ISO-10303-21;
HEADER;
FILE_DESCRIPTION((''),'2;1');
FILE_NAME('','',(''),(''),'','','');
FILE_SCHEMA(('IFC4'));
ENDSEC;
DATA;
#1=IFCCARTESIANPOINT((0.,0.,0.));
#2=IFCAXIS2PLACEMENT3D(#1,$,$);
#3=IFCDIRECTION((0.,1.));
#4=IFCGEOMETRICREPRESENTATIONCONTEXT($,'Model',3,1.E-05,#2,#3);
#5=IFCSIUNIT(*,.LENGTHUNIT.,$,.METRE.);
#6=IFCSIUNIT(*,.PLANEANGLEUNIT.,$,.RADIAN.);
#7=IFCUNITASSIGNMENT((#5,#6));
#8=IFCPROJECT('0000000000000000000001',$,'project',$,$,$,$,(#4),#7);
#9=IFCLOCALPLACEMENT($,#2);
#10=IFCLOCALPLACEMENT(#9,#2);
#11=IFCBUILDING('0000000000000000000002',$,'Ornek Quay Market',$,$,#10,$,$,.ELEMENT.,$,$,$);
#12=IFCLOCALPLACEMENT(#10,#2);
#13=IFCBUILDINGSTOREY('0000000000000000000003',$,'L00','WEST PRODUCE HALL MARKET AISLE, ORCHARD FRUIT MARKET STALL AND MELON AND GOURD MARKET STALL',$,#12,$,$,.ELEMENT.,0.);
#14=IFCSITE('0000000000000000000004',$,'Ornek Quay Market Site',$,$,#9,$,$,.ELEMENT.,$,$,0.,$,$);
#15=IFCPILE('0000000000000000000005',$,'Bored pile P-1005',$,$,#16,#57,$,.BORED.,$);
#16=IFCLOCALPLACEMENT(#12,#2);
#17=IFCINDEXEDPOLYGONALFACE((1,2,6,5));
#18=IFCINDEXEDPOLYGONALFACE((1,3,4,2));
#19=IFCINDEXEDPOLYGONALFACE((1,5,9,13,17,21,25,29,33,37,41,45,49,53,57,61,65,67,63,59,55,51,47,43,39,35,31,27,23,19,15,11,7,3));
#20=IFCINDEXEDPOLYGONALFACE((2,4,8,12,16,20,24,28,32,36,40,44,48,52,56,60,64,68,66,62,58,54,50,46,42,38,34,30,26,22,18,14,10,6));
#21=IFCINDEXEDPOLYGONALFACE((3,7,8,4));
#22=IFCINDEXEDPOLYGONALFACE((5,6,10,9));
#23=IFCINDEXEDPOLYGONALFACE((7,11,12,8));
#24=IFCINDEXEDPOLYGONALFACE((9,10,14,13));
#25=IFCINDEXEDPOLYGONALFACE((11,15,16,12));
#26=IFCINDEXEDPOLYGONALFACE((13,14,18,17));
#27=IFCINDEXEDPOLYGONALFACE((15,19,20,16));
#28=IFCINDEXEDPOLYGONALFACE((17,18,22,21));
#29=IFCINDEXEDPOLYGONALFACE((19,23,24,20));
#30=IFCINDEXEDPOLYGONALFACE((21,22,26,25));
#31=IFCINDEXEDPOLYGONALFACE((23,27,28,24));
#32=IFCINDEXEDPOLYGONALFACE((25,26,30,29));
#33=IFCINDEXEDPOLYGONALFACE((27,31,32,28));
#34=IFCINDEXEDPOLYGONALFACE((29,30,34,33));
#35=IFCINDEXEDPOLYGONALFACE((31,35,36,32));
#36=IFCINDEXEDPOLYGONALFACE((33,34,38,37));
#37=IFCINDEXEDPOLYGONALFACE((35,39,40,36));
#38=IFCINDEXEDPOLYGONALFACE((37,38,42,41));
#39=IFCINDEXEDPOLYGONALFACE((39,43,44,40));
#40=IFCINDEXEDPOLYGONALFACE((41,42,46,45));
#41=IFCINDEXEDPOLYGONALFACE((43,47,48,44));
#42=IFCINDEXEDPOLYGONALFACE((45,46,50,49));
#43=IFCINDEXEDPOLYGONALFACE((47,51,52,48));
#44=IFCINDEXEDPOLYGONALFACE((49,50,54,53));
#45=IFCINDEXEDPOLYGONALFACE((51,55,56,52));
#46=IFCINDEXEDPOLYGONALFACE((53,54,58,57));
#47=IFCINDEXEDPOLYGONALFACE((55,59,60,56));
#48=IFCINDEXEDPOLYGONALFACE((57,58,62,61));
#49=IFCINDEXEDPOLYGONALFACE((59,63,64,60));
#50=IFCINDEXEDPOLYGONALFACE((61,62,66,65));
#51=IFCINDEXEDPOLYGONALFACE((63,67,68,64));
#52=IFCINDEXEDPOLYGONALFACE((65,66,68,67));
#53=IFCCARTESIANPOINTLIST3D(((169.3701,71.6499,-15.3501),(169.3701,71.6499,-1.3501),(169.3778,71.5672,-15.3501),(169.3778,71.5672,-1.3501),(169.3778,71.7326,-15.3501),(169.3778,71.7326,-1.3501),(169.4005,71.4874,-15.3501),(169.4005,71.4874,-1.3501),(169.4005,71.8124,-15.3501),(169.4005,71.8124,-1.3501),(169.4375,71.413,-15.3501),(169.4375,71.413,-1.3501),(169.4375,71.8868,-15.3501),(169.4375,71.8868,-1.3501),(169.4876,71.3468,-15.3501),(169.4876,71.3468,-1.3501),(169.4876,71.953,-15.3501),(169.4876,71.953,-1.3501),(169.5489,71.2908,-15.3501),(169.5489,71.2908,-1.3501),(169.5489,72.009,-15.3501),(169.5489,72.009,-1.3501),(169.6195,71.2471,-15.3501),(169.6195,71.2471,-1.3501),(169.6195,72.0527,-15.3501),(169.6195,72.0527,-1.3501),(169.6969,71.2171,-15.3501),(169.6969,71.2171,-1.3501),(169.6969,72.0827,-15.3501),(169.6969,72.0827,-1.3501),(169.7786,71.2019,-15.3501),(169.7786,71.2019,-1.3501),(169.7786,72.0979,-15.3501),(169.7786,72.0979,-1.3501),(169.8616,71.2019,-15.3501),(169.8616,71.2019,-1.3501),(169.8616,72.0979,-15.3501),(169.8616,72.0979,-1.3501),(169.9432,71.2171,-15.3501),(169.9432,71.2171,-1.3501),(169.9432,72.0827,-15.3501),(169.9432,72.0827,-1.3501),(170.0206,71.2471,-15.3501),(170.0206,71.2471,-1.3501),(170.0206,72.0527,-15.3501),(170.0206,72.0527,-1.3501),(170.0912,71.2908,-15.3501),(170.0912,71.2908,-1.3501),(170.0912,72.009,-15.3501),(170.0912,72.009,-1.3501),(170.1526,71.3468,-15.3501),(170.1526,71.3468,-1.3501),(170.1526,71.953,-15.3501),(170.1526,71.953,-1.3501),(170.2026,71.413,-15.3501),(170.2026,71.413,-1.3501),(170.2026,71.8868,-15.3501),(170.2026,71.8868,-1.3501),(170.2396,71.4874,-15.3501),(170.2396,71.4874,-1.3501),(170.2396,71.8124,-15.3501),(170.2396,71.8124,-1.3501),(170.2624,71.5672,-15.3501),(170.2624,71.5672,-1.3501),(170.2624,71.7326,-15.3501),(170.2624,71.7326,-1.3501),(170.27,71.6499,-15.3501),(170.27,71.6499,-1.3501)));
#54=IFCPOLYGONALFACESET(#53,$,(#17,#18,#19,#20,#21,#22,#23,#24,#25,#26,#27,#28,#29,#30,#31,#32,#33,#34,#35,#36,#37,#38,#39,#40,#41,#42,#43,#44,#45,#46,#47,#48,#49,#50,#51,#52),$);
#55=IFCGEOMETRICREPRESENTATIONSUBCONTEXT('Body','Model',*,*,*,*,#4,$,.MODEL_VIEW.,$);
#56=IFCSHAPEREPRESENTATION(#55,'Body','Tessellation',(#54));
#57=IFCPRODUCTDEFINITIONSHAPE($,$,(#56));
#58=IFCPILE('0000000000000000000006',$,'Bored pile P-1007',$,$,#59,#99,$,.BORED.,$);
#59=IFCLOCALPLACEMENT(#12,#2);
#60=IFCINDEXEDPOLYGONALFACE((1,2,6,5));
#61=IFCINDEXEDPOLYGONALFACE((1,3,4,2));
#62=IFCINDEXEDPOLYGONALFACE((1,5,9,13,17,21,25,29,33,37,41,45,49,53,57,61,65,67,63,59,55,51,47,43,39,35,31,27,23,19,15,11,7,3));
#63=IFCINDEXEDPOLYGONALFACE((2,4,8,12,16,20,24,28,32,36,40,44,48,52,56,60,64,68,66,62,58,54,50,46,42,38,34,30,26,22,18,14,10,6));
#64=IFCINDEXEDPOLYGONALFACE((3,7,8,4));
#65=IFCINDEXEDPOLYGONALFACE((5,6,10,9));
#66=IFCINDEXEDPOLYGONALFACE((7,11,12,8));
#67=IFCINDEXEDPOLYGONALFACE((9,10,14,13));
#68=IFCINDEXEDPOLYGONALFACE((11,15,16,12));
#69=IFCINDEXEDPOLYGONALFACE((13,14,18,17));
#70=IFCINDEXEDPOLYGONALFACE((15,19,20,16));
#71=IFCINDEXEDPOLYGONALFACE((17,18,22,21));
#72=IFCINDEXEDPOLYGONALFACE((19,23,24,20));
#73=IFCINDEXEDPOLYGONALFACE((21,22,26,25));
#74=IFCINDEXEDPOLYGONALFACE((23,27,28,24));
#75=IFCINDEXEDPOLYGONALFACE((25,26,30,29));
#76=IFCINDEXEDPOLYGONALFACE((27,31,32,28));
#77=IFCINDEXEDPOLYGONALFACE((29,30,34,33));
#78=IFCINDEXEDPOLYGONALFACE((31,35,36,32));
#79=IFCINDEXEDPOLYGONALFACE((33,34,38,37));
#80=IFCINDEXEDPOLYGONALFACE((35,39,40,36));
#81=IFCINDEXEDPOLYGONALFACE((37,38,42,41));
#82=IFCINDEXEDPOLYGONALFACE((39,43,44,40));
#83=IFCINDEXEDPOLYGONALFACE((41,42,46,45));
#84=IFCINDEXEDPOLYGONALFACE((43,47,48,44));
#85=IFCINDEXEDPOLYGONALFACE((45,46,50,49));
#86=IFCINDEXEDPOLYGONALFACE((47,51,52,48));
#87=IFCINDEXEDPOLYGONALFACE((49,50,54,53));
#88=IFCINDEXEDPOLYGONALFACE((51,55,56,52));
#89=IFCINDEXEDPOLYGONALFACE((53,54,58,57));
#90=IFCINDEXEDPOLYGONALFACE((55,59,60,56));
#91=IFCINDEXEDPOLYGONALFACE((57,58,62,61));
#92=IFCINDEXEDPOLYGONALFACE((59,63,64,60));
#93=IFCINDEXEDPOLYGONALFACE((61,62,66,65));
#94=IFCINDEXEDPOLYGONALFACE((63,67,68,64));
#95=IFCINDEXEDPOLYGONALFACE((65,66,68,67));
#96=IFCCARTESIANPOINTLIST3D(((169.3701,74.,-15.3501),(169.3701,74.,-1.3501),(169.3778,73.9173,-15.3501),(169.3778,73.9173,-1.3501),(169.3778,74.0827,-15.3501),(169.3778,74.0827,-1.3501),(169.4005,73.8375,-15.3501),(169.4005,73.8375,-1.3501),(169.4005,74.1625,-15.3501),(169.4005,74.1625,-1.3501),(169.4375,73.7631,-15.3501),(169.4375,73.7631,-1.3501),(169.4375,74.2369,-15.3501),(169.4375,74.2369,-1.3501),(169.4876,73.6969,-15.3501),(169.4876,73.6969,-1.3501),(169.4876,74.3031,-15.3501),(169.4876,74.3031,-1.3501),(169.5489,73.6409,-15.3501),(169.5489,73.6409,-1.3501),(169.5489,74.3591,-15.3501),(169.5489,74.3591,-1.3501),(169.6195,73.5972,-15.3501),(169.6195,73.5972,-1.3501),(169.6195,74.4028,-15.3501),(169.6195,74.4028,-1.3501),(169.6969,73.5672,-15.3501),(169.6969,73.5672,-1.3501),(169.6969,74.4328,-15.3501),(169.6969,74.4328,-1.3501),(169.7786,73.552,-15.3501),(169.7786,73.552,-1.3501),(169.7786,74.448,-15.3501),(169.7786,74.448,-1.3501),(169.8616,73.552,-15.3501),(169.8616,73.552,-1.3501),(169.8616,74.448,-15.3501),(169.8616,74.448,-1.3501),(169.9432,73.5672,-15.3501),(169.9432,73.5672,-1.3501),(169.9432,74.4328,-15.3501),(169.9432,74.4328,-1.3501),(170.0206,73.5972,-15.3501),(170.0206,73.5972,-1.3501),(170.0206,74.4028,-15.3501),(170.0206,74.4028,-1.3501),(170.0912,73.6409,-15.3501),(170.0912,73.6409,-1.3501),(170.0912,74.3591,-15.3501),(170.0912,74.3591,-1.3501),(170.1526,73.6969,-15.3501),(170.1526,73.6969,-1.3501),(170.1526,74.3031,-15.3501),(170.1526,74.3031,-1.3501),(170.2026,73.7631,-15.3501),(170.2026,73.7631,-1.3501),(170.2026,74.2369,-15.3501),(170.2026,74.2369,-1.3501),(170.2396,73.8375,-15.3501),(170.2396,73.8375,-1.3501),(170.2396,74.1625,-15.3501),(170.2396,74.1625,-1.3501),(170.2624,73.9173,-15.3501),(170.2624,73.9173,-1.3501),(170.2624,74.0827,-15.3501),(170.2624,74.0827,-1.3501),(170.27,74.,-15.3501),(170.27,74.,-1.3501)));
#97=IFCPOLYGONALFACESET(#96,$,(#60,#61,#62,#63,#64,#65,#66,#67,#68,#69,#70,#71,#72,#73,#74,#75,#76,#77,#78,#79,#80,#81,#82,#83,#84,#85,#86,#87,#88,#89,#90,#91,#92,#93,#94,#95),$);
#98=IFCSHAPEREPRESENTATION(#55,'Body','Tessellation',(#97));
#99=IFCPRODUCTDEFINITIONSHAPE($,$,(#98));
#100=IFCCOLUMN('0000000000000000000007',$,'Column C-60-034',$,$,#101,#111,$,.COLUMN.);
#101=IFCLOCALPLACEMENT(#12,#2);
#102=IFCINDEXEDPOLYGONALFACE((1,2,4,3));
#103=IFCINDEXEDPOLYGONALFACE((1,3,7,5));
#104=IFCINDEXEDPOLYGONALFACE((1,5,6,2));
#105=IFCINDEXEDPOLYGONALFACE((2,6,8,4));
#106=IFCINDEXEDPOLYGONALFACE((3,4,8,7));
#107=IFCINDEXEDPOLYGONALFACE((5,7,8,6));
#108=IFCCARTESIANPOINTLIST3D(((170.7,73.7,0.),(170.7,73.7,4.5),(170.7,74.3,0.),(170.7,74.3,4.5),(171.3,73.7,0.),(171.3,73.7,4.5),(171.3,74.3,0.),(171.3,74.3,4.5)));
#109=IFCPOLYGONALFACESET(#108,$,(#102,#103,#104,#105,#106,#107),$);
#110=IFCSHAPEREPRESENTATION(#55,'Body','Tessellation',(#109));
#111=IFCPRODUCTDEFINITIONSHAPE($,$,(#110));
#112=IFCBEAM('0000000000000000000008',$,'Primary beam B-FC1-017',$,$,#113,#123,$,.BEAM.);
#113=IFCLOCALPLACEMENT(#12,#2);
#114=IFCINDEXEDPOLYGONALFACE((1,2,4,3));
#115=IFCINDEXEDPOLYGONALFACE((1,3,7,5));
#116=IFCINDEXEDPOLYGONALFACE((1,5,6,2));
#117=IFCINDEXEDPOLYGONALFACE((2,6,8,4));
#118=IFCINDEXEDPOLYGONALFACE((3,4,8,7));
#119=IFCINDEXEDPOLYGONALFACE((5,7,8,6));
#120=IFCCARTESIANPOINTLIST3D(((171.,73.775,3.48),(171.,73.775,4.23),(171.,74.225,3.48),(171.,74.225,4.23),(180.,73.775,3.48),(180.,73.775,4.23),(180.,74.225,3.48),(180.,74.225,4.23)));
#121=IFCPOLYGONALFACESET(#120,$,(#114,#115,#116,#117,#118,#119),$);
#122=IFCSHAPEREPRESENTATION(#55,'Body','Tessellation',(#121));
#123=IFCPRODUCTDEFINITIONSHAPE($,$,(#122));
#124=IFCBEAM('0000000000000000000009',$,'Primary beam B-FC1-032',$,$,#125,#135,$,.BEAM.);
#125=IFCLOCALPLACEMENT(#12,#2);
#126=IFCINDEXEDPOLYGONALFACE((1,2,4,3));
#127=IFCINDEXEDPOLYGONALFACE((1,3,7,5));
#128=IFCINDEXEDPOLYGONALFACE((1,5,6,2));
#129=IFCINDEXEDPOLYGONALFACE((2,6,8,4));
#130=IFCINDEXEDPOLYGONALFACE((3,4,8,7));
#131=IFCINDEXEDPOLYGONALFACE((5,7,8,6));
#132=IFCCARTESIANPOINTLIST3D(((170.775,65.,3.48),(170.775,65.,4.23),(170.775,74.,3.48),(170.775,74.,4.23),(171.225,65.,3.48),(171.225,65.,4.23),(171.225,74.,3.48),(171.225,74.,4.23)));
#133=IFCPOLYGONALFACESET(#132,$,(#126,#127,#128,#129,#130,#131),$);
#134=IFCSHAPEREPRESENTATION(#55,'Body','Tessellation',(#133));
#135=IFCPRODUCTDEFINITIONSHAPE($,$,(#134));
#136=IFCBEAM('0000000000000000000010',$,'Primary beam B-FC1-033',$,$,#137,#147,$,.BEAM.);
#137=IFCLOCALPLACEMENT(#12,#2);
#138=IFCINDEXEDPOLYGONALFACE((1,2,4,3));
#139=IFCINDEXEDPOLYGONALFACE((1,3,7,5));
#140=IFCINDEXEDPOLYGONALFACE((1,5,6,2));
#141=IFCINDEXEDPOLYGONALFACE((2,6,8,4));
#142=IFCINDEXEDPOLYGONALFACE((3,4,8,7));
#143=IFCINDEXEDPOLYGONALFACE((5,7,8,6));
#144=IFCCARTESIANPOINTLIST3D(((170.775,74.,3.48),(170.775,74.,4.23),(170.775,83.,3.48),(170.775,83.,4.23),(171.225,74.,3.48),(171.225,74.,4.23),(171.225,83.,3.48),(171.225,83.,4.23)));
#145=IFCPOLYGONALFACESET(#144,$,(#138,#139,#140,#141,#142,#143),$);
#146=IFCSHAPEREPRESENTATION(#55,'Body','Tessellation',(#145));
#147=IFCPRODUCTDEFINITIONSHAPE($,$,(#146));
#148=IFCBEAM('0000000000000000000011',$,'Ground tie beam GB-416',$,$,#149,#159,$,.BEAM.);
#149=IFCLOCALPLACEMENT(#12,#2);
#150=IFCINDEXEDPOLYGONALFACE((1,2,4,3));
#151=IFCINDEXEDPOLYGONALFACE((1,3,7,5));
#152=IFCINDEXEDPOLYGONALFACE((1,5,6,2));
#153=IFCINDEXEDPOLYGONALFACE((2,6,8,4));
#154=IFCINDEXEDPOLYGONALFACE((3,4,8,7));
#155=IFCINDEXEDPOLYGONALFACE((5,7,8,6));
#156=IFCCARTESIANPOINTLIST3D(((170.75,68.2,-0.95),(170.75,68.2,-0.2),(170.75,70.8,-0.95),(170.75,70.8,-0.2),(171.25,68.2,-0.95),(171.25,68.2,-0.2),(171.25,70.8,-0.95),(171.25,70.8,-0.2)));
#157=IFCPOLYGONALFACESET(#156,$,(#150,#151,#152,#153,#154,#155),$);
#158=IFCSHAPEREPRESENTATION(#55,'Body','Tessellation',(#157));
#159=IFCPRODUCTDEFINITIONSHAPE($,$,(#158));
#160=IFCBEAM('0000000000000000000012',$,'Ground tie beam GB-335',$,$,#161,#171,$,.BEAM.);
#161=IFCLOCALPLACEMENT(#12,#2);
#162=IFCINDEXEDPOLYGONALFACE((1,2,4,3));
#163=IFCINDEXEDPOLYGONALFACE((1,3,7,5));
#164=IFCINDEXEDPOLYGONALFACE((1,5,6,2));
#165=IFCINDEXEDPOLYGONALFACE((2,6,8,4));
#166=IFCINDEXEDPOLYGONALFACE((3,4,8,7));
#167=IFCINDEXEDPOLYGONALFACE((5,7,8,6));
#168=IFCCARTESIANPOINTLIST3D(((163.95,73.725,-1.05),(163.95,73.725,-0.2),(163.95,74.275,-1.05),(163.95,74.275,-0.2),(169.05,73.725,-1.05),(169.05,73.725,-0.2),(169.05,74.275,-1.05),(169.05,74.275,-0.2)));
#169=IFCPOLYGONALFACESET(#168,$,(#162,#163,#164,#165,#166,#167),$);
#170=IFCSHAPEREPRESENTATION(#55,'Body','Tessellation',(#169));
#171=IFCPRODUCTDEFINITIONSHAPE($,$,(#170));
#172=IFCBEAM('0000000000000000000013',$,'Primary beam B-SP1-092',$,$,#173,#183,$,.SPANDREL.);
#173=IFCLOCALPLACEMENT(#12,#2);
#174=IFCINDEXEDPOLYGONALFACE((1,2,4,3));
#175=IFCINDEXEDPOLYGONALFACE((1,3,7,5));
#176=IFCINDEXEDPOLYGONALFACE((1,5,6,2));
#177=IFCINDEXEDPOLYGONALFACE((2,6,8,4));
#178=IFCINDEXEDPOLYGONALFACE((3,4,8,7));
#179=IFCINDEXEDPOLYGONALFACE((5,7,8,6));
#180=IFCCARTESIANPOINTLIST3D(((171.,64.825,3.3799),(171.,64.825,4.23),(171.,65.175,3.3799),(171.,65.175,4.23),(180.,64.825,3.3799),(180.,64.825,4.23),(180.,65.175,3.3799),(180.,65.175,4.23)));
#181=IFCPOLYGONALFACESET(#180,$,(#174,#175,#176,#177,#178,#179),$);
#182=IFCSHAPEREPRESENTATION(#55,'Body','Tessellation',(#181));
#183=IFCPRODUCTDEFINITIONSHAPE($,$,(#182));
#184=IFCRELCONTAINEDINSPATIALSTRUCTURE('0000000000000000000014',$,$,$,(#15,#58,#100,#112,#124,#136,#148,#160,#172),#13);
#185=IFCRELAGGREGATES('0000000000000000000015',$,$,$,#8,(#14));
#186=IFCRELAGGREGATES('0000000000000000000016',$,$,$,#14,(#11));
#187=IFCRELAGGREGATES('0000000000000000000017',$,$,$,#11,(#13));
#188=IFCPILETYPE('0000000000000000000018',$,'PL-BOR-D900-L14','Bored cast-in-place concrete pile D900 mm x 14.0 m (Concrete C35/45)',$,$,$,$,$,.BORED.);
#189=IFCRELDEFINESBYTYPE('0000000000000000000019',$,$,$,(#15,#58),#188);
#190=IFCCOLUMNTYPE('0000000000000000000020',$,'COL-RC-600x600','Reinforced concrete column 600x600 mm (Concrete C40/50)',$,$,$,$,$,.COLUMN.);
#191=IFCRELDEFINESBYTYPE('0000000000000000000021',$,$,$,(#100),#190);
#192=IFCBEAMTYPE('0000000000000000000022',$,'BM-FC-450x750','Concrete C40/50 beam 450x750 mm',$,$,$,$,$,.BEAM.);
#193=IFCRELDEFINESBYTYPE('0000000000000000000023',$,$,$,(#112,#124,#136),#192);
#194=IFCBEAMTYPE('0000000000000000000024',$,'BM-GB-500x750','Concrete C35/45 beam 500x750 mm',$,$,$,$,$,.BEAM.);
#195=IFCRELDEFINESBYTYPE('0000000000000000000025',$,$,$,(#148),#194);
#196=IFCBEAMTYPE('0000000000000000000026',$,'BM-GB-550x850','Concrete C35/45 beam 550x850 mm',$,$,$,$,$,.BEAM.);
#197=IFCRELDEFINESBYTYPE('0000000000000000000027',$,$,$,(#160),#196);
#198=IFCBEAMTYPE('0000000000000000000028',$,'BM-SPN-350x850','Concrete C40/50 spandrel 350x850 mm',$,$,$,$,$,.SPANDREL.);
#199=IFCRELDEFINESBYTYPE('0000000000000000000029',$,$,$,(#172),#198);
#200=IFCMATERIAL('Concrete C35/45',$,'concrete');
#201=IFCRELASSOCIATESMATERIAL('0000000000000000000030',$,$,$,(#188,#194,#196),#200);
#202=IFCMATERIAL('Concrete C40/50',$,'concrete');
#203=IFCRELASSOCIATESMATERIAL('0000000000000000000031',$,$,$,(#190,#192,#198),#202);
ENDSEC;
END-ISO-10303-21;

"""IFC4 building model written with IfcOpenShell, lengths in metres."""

from ifc_helpers import new_model, si_unit, direction, frame, origin, origin_2d, place, context, subcontext, project, spatial, rectangle, circle, extrude, material, material_profile, profile_set, type_object, element, save


model = new_model("IFC4")

# Units and contexts
model_context = context("Model", 3, precision=1e-05, world=origin(), true_north=direction((0.0, 1.0)))
body_context = subcontext(model_context, "Body", "Model", "MODEL_VIEW")
ifc_project = project(units=[si_unit("LENGTHUNIT", "METRE"), si_unit("PLANEANGLEUNIT", "RADIAN")], contexts=[model_context])

# Site, building, storey
site_placement = place(None, origin())
site = spatial("IfcSite", under=ifc_project, at=site_placement, Name="Ornek Quay Market Site", CompositionType="ELEMENT", RefElevation=0.0)
building_placement = place(site_placement, origin())
building = spatial("IfcBuilding", under=site, at=building_placement, Name="Ornek Quay Market", CompositionType="ELEMENT")
storey_placement = place(building_placement, origin())
storey = spatial("IfcBuildingStorey", under=building, at=storey_placement, Name="L00", Description="WEST PRODUCE HALL MARKET AISLE, ORCHARD FRUIT MARKET STALL AND MELON AND GOURD MARKET STALL", CompositionType="ELEMENT", Elevation=0.0)

# Piles
ifc_material_1 = material(Name="Concrete C35/45", Category="concrete")
ifc_material_profile_1 = material_profile(ifc_material_1, circle(Radius=0.45, at=origin_2d()), Name="PILE D900", Category="concrete")
ifc_profile_set_1 = profile_set([ifc_material_profile_1], Name="Concrete C35/45")
pile_type = type_object("IfcPileType", Name="PL-BOR-D900-L14", Description="Bored cast-in-place concrete pile D900 mm x 14.0 m (Concrete C35/45)", PredefinedType="BORED", material=ifc_profile_set_1)
for number, where, z_axis, x_axis, name in (
    (1, (169.8201, 71.6499, -1.3501), (0.0, 0.0, -1.0), (1.0, 0.0, 0.0), "Bored pile P-1005"),
    (2, (169.8201, 74.0, -1.3501), (0.0, 0.0, -1.0), (1.0, 0.0, 0.0), "Bored pile P-1007"),
):
    element("IfcPile", number, at=place(storey_placement, frame(where, z_axis=z_axis, x_axis=x_axis)), inside=storey, type_object=pile_type, Name=name, PredefinedType="BORED", context=body_context, shape_type="SweptSolid", body=[
        extrude(circle(Radius=0.45, at=origin_2d()), origin(), (0.0, 0.0, 1.0), 14.0),
    ])

# Column
ifc_material_2 = material(Name="Concrete C40/50", Category="concrete")
ifc_material_profile_2 = material_profile(ifc_material_2, rectangle(XDim=0.6001, YDim=0.6001, at=origin_2d()), Name="RC 600x600", Category="concrete")
ifc_profile_set_2 = profile_set([ifc_material_profile_2], Name="Concrete C40/50")
column_type = type_object("IfcColumnType", Name="COL-RC-600x600", Description="Reinforced concrete column 600x600 mm (Concrete C40/50)", PredefinedType="COLUMN", material=ifc_profile_set_2)
column_placement = place(storey_placement, frame((171.0, 74.0, 0.0), z_axis=(0.0, 0.0, 1.0), x_axis=(1.0, 0.0, 0.0)))
element("IfcColumn", 3, at=column_placement, inside=storey, type_object=column_type, Name="Column C-60-034", PredefinedType="COLUMN", context=body_context, shape_type="SweptSolid", body=[
    extrude(rectangle(XDim=0.6001, YDim=0.6001, at=origin_2d()), origin(), (0.0, 0.0, 1.0), 4.5),
])

# Beams
ifc_material_profile_3 = material_profile(ifc_material_2, rectangle(XDim=0.45, YDim=0.75, at=origin_2d()), Name="RC 450x750", Category="concrete")
ifc_profile_set_3 = profile_set([ifc_material_profile_3], Name="Concrete C40/50")
beam_type_1 = type_object("IfcBeamType", Name="BM-FC-450x750", Description="Concrete C40/50 beam 450x750 mm", PredefinedType="BEAM", material=ifc_profile_set_3)
for number, where, z_axis, x_axis, name in (
    (4, (171.0, 74.0, 3.855), (1.0, 0.0, 0.0), (0.0, 1.0, 0.0), "Primary beam B-FC1-017"),
    (5, (171.0, 65.0, 3.855), (0.0, 1.0, 0.0), (-1.0, 0.0, 0.0), "Primary beam B-FC1-032"),
    (6, (171.0, 74.0, 3.855), (0.0, 1.0, 0.0), (-1.0, 0.0, 0.0), "Primary beam B-FC1-033"),
):
    element("IfcBeam", number, at=place(storey_placement, frame(where, z_axis=z_axis, x_axis=x_axis)), inside=storey, type_object=beam_type_1, Name=name, PredefinedType="BEAM", context=body_context, shape_type="SweptSolid", body=[
        extrude(rectangle(XDim=0.45, YDim=0.75, at=origin_2d()), origin(), (0.0, 0.0, 1.0), 9.0),
    ])
ifc_material_profile_4 = material_profile(ifc_material_1, rectangle(XDim=0.5, YDim=0.75, at=origin_2d()), Name="RC 500x750", Category="concrete")
ifc_profile_set_4 = profile_set([ifc_material_profile_4], Name="Concrete C35/45")
beam_type_2 = type_object("IfcBeamType", Name="BM-GB-500x750", Description="Concrete C35/45 beam 500x750 mm", PredefinedType="BEAM", material=ifc_profile_set_4)
beam_1_placement = place(storey_placement, frame((171.0, 68.2, -0.575), z_axis=(0.0, 1.0, 0.0), x_axis=(-1.0, 0.0, 0.0)))
element("IfcBeam", 7, at=beam_1_placement, inside=storey, type_object=beam_type_2, Name="Ground tie beam GB-416", PredefinedType="BEAM", context=body_context, shape_type="SweptSolid", body=[
    extrude(rectangle(XDim=0.5, YDim=0.75, at=origin_2d()), origin(), (0.0, 0.0, 1.0), 2.6001),
])
ifc_material_profile_5 = material_profile(ifc_material_1, rectangle(XDim=0.55, YDim=0.8501, at=origin_2d()), Name="RC 550x850", Category="concrete")
ifc_profile_set_5 = profile_set([ifc_material_profile_5], Name="Concrete C35/45")
beam_type_3 = type_object("IfcBeamType", Name="BM-GB-550x850", Description="Concrete C35/45 beam 550x850 mm", PredefinedType="BEAM", material=ifc_profile_set_5)
beam_2_placement = place(storey_placement, frame((163.95, 74.0, -0.625), z_axis=(1.0, 0.0, 0.0), x_axis=(0.0, 1.0, 0.0)))
element("IfcBeam", 8, at=beam_2_placement, inside=storey, type_object=beam_type_3, Name="Ground tie beam GB-335", PredefinedType="BEAM", context=body_context, shape_type="SweptSolid", body=[
    extrude(rectangle(XDim=0.55, YDim=0.8501, at=origin_2d()), origin(), (0.0, 0.0, 1.0), 5.1001),
])
ifc_material_profile_6 = material_profile(ifc_material_2, rectangle(XDim=0.3501, YDim=0.8501, at=origin_2d()), Name="RC 350x850", Category="concrete")
ifc_profile_set_6 = profile_set([ifc_material_profile_6], Name="Concrete C40/50")
beam_type_4 = type_object("IfcBeamType", Name="BM-SPN-350x850", Description="Concrete C40/50 spandrel 350x850 mm", PredefinedType="SPANDREL", material=ifc_profile_set_6)
beam_3_placement = place(storey_placement, frame((171.0, 65.0, 3.8049), z_axis=(1.0, 0.0, 0.0), x_axis=(0.0, 1.0, 0.0)))
element("IfcBeam", 9, at=beam_3_placement, inside=storey, type_object=beam_type_4, Name="Primary beam B-SP1-092", PredefinedType="SPANDREL", context=body_context, shape_type="SweptSolid", body=[
    extrude(rectangle(XDim=0.3501, YDim=0.8501, at=origin_2d()), origin(), (0.0, 0.0, 1.0), 9.0),
])

save(model, "model.ifc")
